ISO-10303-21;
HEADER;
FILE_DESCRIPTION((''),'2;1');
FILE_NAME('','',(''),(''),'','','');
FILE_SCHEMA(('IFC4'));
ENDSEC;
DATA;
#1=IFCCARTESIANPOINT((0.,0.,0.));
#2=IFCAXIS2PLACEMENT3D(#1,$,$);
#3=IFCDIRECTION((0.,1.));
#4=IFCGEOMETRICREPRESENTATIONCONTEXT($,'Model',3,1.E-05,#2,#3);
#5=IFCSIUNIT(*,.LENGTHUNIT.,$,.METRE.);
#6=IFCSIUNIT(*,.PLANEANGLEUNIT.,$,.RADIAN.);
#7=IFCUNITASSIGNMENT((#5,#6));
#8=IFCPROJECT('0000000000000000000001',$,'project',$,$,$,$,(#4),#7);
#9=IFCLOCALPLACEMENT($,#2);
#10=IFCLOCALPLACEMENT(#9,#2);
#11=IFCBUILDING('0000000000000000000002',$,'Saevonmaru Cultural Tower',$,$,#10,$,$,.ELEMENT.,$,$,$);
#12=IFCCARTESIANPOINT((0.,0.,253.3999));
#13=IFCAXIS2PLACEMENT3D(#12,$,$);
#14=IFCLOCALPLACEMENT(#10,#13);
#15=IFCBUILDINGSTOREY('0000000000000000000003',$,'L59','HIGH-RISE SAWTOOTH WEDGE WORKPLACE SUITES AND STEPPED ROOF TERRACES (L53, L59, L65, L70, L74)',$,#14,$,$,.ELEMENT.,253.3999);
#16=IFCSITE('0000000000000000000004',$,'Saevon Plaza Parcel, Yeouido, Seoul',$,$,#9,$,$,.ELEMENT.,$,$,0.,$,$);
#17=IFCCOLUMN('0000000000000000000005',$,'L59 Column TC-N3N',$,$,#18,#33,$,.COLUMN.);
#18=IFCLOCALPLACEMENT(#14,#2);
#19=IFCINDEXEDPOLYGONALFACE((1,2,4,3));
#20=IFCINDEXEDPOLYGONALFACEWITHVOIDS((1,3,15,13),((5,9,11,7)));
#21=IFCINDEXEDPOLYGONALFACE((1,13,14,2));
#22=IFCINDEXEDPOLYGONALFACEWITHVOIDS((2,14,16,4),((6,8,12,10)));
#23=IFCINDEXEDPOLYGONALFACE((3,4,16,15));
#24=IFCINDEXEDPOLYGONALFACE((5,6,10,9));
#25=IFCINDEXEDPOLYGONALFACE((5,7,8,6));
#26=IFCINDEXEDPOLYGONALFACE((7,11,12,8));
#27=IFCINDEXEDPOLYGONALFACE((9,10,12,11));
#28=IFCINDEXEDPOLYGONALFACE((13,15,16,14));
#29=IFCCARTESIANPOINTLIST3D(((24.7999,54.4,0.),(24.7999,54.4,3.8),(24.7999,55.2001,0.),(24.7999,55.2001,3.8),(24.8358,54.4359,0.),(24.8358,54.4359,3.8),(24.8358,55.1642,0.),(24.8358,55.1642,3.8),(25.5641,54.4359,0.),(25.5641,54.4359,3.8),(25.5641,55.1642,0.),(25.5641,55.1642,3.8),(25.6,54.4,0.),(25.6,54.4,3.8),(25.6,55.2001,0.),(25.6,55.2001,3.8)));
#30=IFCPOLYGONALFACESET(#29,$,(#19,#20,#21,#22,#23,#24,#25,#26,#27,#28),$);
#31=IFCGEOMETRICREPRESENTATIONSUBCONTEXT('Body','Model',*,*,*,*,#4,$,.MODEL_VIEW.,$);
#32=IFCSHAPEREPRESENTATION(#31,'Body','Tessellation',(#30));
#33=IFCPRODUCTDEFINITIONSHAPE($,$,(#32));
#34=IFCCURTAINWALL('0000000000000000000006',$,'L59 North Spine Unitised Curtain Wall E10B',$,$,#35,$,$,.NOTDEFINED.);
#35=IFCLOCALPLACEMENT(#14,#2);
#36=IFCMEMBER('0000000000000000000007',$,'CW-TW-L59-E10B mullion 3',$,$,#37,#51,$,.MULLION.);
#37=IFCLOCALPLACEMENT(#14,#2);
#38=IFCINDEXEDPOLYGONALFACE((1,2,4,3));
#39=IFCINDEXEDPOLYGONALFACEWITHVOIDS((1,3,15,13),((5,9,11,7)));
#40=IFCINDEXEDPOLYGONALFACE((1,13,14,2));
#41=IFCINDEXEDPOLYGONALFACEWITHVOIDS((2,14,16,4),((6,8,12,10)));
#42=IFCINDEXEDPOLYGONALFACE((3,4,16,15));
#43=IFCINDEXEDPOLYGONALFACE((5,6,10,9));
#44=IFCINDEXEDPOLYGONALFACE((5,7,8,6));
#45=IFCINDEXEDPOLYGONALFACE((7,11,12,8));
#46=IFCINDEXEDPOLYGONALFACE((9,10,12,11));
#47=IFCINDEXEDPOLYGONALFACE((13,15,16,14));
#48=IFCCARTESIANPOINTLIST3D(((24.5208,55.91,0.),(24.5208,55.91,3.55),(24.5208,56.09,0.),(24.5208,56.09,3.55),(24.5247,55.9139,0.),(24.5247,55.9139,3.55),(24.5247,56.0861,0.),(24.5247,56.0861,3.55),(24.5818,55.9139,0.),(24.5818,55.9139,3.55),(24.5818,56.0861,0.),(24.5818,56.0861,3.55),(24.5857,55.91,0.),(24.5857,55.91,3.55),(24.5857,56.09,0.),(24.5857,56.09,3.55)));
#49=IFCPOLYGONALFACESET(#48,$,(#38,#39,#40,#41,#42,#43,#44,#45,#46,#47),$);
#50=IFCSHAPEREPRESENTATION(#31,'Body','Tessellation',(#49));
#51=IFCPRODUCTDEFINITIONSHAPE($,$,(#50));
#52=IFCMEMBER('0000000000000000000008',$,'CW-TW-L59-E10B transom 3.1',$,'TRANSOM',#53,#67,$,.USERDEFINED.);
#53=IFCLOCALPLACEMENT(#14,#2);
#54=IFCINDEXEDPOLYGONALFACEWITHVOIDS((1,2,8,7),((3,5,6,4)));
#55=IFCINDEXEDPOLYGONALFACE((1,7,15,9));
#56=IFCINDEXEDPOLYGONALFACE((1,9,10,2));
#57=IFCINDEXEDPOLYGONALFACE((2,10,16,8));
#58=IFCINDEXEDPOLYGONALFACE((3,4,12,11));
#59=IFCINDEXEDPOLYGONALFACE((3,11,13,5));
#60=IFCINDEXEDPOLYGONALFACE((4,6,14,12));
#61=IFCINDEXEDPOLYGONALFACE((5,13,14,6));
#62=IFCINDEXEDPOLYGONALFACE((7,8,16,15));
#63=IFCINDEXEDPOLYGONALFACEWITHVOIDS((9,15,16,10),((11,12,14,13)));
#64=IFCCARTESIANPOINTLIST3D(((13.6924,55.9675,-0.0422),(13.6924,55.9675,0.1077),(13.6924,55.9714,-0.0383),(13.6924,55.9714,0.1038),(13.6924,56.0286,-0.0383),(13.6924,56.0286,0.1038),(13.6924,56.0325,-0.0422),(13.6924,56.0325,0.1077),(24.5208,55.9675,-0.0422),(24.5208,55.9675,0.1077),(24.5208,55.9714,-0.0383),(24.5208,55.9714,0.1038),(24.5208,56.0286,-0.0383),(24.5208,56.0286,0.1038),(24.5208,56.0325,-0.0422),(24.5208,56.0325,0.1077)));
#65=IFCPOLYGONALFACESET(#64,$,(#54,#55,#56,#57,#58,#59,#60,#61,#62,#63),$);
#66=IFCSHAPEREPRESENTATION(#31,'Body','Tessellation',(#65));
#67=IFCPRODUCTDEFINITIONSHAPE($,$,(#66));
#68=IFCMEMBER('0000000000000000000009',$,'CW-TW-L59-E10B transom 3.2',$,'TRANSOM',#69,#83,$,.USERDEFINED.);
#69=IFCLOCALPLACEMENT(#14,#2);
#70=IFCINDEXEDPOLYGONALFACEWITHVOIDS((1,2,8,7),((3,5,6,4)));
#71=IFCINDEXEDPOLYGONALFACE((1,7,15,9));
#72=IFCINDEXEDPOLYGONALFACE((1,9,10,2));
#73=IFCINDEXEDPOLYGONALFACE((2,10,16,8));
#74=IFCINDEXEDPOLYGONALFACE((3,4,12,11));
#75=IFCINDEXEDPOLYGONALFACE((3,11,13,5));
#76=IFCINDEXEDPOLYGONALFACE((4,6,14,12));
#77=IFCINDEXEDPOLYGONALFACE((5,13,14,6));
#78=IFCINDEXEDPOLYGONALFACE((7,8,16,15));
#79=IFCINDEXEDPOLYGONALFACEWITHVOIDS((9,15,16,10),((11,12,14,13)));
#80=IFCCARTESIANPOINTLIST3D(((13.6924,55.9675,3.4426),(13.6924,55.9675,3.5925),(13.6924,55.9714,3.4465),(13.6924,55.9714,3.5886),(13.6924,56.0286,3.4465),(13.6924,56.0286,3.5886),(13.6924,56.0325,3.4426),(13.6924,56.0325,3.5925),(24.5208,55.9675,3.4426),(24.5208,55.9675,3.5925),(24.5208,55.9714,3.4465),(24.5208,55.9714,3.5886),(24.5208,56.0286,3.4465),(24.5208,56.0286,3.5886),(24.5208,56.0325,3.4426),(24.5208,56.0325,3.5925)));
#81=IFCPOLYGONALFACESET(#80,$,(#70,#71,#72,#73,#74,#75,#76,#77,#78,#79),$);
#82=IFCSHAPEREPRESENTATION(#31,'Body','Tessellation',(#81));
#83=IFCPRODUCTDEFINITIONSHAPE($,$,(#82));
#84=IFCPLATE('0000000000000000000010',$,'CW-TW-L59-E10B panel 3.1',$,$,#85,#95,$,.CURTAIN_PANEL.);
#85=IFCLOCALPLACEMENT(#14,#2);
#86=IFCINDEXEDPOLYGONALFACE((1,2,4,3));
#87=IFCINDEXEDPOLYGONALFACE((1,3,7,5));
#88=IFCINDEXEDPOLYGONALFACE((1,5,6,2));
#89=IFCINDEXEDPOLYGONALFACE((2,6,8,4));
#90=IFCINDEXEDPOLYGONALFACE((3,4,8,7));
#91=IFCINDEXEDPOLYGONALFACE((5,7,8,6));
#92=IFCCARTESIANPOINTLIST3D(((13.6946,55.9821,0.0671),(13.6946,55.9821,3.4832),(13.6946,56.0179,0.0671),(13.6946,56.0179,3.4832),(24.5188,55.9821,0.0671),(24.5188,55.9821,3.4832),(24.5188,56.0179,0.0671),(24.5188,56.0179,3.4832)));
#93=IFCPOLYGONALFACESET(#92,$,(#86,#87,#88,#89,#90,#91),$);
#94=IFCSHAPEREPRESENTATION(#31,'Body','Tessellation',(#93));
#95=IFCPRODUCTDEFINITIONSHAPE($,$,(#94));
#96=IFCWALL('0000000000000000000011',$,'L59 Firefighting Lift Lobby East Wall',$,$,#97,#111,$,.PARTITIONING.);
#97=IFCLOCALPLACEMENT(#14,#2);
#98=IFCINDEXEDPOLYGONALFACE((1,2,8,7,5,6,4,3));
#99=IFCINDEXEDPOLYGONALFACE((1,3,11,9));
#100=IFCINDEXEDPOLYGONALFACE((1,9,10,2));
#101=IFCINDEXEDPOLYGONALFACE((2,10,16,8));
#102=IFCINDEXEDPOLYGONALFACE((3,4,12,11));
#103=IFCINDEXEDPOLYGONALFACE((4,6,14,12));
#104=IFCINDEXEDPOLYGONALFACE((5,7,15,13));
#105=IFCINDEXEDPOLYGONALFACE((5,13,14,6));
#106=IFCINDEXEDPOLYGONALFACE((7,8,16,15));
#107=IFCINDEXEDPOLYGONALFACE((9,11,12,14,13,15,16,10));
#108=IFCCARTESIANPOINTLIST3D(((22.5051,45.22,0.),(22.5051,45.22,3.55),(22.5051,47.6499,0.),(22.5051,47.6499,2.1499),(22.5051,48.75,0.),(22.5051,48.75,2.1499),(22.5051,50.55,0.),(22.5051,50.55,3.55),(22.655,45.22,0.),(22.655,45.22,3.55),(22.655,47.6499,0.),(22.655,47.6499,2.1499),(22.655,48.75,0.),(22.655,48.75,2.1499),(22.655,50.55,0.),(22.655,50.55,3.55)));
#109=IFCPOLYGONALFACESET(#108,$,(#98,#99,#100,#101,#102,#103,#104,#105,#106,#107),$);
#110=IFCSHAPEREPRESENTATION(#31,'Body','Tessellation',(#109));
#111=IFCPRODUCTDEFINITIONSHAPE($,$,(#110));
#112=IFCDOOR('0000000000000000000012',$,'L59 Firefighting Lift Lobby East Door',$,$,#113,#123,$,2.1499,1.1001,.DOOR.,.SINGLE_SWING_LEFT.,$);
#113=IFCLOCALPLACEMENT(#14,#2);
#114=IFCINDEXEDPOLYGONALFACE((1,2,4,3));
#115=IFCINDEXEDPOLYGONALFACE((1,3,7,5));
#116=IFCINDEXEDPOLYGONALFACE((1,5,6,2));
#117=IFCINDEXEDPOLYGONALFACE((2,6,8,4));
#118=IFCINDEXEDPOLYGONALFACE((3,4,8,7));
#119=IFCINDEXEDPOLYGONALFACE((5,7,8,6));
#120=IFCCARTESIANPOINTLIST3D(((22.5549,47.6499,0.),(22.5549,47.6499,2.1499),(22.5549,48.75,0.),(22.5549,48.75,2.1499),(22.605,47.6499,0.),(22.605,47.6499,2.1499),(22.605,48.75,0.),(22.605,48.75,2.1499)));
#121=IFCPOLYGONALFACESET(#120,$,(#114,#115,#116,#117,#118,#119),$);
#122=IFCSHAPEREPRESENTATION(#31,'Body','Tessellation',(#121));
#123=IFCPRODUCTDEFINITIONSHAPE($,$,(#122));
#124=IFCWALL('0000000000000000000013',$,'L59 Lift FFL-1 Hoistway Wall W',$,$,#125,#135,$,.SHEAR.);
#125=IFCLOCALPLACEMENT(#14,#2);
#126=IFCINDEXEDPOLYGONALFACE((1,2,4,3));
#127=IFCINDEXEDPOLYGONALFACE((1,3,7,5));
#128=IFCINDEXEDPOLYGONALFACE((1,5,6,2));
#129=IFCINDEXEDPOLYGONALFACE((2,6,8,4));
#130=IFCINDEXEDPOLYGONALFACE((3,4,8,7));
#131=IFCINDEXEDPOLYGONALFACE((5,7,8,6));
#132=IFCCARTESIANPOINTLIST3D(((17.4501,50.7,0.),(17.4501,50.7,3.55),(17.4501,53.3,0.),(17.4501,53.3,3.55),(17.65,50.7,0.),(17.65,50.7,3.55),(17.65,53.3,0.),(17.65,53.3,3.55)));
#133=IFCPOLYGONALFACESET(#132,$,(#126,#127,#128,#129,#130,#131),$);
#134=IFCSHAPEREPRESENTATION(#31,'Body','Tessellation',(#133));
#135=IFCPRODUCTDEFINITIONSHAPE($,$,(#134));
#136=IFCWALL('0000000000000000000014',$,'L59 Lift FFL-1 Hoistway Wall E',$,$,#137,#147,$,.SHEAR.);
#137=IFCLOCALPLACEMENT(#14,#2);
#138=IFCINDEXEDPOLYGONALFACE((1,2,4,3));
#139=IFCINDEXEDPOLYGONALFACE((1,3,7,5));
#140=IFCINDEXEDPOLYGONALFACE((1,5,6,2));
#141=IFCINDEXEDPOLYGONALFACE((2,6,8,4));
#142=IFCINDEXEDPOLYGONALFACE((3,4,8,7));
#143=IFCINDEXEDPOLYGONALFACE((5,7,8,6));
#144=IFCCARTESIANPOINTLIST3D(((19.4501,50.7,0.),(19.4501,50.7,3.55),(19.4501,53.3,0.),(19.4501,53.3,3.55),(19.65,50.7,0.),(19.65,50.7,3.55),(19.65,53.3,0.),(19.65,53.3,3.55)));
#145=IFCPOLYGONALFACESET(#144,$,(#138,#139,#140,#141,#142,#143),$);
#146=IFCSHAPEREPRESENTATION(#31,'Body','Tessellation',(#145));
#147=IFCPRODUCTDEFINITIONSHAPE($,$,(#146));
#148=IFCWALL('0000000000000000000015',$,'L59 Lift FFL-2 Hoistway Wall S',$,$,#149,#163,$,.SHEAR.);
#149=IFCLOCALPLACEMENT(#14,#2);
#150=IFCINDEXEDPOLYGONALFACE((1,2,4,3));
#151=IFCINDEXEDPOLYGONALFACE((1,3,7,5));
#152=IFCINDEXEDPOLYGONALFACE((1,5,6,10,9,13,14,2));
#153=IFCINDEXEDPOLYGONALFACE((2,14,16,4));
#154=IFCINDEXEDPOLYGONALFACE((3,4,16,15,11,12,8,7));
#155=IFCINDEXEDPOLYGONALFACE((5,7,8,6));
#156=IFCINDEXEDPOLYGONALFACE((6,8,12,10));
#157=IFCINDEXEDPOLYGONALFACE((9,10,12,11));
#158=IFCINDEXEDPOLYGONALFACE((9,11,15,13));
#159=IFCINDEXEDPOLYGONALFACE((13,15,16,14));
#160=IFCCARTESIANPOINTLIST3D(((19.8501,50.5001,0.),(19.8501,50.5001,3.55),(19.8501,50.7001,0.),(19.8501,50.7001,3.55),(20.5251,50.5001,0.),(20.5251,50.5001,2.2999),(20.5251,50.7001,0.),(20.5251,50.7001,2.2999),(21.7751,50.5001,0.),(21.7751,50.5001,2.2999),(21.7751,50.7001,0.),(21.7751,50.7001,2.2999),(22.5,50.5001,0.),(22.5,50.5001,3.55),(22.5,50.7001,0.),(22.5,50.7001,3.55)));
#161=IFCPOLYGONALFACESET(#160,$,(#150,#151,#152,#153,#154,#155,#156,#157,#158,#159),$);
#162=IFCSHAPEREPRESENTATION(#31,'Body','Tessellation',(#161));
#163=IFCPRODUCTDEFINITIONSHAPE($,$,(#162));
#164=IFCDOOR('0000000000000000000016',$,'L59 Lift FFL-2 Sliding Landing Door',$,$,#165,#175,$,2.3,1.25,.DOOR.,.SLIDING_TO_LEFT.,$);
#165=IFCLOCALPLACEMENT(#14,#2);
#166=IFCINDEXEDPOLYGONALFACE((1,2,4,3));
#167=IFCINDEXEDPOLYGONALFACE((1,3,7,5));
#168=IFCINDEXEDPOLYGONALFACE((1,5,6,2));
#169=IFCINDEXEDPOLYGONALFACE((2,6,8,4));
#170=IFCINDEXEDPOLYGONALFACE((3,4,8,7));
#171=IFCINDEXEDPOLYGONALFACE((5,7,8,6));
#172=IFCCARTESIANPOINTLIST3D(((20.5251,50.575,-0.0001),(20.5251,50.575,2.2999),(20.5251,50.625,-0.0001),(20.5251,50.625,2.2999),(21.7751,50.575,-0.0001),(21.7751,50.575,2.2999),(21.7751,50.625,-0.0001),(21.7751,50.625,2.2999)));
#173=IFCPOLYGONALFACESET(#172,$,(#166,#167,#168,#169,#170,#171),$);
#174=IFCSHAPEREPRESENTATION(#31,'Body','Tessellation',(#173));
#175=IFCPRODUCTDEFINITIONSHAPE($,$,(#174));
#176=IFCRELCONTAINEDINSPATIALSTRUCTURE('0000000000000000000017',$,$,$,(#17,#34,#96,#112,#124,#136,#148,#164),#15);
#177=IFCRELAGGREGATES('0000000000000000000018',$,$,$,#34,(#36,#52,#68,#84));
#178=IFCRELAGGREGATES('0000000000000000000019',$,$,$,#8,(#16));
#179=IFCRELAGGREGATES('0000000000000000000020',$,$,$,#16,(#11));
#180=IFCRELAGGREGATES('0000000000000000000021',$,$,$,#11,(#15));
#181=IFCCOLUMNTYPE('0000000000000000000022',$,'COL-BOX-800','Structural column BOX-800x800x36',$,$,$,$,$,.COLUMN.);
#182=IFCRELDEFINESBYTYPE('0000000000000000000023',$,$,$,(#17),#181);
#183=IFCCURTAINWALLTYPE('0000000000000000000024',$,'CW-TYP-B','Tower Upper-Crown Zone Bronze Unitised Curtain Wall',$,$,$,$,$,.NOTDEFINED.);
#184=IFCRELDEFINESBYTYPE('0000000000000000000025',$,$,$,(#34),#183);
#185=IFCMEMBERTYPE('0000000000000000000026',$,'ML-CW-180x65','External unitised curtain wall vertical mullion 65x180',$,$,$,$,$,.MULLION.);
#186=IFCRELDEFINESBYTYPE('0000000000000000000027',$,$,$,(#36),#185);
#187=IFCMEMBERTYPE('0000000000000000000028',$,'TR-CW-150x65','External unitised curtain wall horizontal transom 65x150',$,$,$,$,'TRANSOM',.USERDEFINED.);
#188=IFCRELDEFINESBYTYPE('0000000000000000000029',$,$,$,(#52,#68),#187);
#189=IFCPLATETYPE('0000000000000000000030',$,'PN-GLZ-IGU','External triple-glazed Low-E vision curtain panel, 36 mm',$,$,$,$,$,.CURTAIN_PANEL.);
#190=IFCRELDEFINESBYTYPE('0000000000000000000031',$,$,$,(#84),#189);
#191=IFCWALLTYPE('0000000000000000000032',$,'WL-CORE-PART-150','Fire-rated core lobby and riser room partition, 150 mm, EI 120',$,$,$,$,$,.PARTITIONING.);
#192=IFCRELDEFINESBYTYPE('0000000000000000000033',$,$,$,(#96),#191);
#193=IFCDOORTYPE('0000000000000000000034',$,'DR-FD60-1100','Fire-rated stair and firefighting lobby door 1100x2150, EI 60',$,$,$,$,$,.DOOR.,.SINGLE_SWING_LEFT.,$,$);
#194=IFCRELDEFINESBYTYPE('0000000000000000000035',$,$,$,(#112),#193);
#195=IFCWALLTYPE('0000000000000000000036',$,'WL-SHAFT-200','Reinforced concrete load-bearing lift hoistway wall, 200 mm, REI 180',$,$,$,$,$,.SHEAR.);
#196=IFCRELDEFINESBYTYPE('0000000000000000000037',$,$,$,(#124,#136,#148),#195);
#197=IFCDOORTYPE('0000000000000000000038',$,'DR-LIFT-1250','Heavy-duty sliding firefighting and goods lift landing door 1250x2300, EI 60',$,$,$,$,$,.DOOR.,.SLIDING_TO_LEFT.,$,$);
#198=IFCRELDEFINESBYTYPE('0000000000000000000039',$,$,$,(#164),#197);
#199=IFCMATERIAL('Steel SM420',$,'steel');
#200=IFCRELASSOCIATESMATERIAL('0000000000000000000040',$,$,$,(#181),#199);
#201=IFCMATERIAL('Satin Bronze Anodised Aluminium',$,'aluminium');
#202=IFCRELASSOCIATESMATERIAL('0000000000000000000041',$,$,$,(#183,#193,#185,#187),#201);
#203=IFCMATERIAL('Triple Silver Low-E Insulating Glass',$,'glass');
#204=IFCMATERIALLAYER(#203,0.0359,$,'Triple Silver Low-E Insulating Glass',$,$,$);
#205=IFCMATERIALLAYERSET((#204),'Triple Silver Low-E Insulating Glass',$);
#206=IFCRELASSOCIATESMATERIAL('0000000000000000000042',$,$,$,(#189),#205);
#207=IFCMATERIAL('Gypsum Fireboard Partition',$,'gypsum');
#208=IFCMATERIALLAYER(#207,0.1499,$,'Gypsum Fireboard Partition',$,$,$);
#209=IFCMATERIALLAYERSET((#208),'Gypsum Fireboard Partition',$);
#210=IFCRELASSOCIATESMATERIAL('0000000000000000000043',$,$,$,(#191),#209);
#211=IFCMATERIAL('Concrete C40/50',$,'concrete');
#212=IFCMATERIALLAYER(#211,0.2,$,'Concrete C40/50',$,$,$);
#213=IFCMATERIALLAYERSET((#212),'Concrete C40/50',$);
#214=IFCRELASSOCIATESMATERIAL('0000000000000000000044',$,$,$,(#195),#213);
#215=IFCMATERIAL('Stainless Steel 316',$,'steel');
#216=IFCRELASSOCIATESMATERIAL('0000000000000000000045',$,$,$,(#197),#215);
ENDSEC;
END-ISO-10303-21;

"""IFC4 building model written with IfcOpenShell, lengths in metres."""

from ifc_helpers import new_model, si_unit, direction, frame, frame_2d, origin, origin_2d, place, context, subcontext, project, spatial, rectangle, hollow_rectangle, extrude, material, layer, layer_set, material_profile, profile_set, type_object, element, fill, aggregate, save


model = new_model("IFC4")

# Units and contexts
model_context = context("Model", 3, precision=1e-05, world=origin(), true_north=direction((0.0, 1.0)))
body_context = subcontext(model_context, "Body", "Model", "MODEL_VIEW")
ifc_project = project(units=[si_unit("LENGTHUNIT", "METRE"), si_unit("PLANEANGLEUNIT", "RADIAN")], contexts=[model_context])

# Site, building, storey
site_placement = place(None, origin())
site = spatial("IfcSite", under=ifc_project, at=site_placement, Name="Saevon Plaza Parcel, Yeouido, Seoul", CompositionType="ELEMENT", RefElevation=0.0)
building_placement = place(site_placement, origin())
building = spatial("IfcBuilding", under=site, at=building_placement, Name="Saevonmaru Cultural Tower", CompositionType="ELEMENT")
storey_placement = place(building_placement, frame((0.0, 0.0, 253.3999)))
storey = spatial("IfcBuildingStorey", under=building, at=storey_placement, Name="L59", Description="HIGH-RISE SAWTOOTH WEDGE WORKPLACE SUITES AND STEPPED ROOF TERRACES (L53, L59, L65, L70, L74)", CompositionType="ELEMENT", Elevation=253.3999)

# Column
ifc_material_1 = material(Name="Steel SM420", Category="steel")
ifc_material_profile_1 = material_profile(ifc_material_1, hollow_rectangle(XDim=0.8, YDim=0.8, WallThickness=0.0359, at=origin_2d()), Name="BOX-800x800x36")
ifc_profile_set_1 = profile_set([ifc_material_profile_1], Name="Steel SM420")
column_type = type_object("IfcColumnType", Name="COL-BOX-800", Description="Structural column BOX-800x800x36", PredefinedType="COLUMN", material=ifc_profile_set_1)
column_placement = place(storey_placement, frame((25.2, 54.8, 0.0), z_axis=(0.0, 0.0, 1.0), x_axis=(1.0, 0.0, 0.0)))
element("IfcColumn", 1, at=column_placement, inside=storey, type_object=column_type, Name="L59 Column TC-N3N", PredefinedType="COLUMN", context=body_context, shape_type="SweptSolid", body=[
    extrude(hollow_rectangle(XDim=0.8, YDim=0.8, WallThickness=0.0359, at=origin_2d()), origin(), (0.0, 0.0, 1.0), 3.8),
])

# Curtain wall, members, plate
ifc_material_2 = material(Name="Satin Bronze Anodised Aluminium", Category="aluminium")
curtain_wall_type = type_object("IfcCurtainWallType", Name="CW-TYP-B", Description="Tower Upper-Crown Zone Bronze Unitised Curtain Wall", PredefinedType="NOTDEFINED", material=ifc_material_2)
curtain_wall_placement = place(storey_placement, origin())
curtain_wall = element("IfcCurtainWall", 2, at=curtain_wall_placement, inside=storey, type_object=curtain_wall_type, Name="L59 North Spine Unitised Curtain Wall E10B", PredefinedType="NOTDEFINED")
ifc_material_profile_2 = material_profile(ifc_material_2, hollow_rectangle(XDim=0.0649, YDim=0.1799, WallThickness=0.0039, at=origin_2d()), Name="ALU-MULL-180x65x4")
ifc_profile_set_2 = profile_set([ifc_material_profile_2], Name="Satin Bronze Anodised Aluminium")
member_type_1 = type_object("IfcMemberType", Name="ML-CW-180x65", Description="External unitised curtain wall vertical mullion 65x180", PredefinedType="MULLION", material=ifc_profile_set_2)
member_1_placement = place(storey_placement, frame((24.5532, 56.0, 0.0), z_axis=(0.0, 0.0, 1.0), x_axis=(-1.0, 0.0, 0.0)))
member_1 = element("IfcMember", 3, at=member_1_placement, type_object=member_type_1, Name="CW-TW-L59-E10B mullion 3", PredefinedType="MULLION", context=body_context, shape_type="SweptSolid", body=[
    extrude(hollow_rectangle(XDim=0.0649, YDim=0.1799, WallThickness=0.0039, at=origin_2d()), origin(), (0.0, 0.0, 1.0), 3.55),
])
ifc_material_profile_3 = material_profile(ifc_material_2, hollow_rectangle(XDim=0.0649, YDim=0.1499, WallThickness=0.0039, at=origin_2d()), Name="ALU-TRAN-150x65x4")
ifc_profile_set_3 = profile_set([ifc_material_profile_3], Name="Satin Bronze Anodised Aluminium")
member_type_2 = type_object("IfcMemberType", Name="TR-CW-150x65", Description="External unitised curtain wall horizontal transom 65x150", ElementType="TRANSOM", PredefinedType="USERDEFINED", material=ifc_profile_set_3)
member_2_placement = place(storey_placement, frame((24.5208, 56.0, 0.0327), z_axis=(-1.0, 0.0, 0.0), x_axis=(0.0, -1.0, 0.0)))
member_2 = element("IfcMember", 4, at=member_2_placement, type_object=member_type_2, Name="CW-TW-L59-E10B transom 3.1", ObjectType="TRANSOM", PredefinedType="USERDEFINED", context=body_context, shape_type="SweptSolid", body=[
    extrude(hollow_rectangle(XDim=0.0649, YDim=0.1499, WallThickness=0.0039, at=origin_2d()), origin(), (0.0, 0.0, 1.0), 10.8284),
])
member_3_placement = place(storey_placement, frame((24.5208, 56.0, 3.5176), z_axis=(-1.0, 0.0, 0.0), x_axis=(0.0, -1.0, 0.0)))
member_3 = element("IfcMember", 5, at=member_3_placement, type_object=member_type_2, Name="CW-TW-L59-E10B transom 3.2", ObjectType="TRANSOM", PredefinedType="USERDEFINED", context=body_context, shape_type="SweptSolid", body=[
    extrude(hollow_rectangle(XDim=0.0649, YDim=0.1499, WallThickness=0.0039, at=origin_2d()), origin(), (0.0, 0.0, 1.0), 10.8284),
])
ifc_material_3 = material(Name="Triple Silver Low-E Insulating Glass", Category="glass")
ifc_layer_1 = layer(ifc_material_3, 0.0359, Name="Triple Silver Low-E Insulating Glass")
ifc_layer_set_1 = layer_set([ifc_layer_1], Name="Triple Silver Low-E Insulating Glass")
plate_type = type_object("IfcPlateType", Name="PN-GLZ-IGU", Description="External triple-glazed Low-E vision curtain panel, 36 mm", PredefinedType="CURTAIN_PANEL", material=ifc_layer_set_1)
plate_placement = place(storey_placement, frame((19.1067, 56.0, 0.0671), z_axis=(0.0, 0.0, 1.0), x_axis=(-1.0, 0.0, 0.0)))
plate = element("IfcPlate", 6, at=plate_placement, type_object=plate_type, Name="CW-TW-L59-E10B panel 3.1", PredefinedType="CURTAIN_PANEL", context=body_context, shape_type="SweptSolid", body=[
    extrude(rectangle(XDim=10.8242, YDim=0.0359, at=origin_2d()), origin(), (0.0, 0.0, 1.0), 3.416),
])
aggregate(curtain_wall, [member_1, member_2, member_3, plate])

# Wall, opening, door
ifc_material_4 = material(Name="Gypsum Fireboard Partition", Category="gypsum")
ifc_layer_2 = layer(ifc_material_4, 0.1499, Name="Gypsum Fireboard Partition")
ifc_layer_set_2 = layer_set([ifc_layer_2], Name="Gypsum Fireboard Partition")
wall_type_1 = type_object("IfcWallType", Name="WL-CORE-PART-150", Description="Fire-rated core lobby and riser room partition, 150 mm, EI 120", PredefinedType="PARTITIONING", material=ifc_layer_set_2)
wall_1_placement = place(storey_placement, frame((22.5801, 50.55, 0.0), z_axis=(0.0, 0.0, 1.0), x_axis=(0.0, -1.0, 0.0)))
wall_1 = element("IfcWall", 7, at=wall_1_placement, inside=storey, type_object=wall_type_1, Name="L59 Firefighting Lift Lobby East Wall", PredefinedType="PARTITIONING", context=body_context, shape_type="SweptSolid", body=[
    extrude(rectangle(XDim=5.3301, YDim=0.1499, at=frame_2d((2.665, 0.0))), origin(), (0.0, 0.0, 1.0), 3.55),
])
opening_1_placement = place(wall_1_placement, frame((1.8, 0.0, 0.0)))
opening_1 = element("IfcOpeningElement", 8, at=opening_1_placement, cuts=wall_1, PredefinedType="OPENING", context=body_context, shape_type="SweptSolid", body=[
    extrude(rectangle(XDim=1.1001, YDim=2.1499, at=frame_2d((0.55, 1.075))), frame((0.0, 0.085, 0.0), z_axis=(0.0, -1.0, 0.0), x_axis=(1.0, 0.0, 0.0)), (0.0, 0.0, 1.0), 0.1699),
])
door_type_1 = type_object("IfcDoorType", Name="DR-FD60-1100", Description="Fire-rated stair and firefighting lobby door 1100x2150, EI 60", OperationType="SINGLE_SWING_LEFT", PredefinedType="DOOR", material=ifc_material_2)
door_1_placement = place(opening_1_placement, origin())
door_1 = element("IfcDoor", 9, at=door_1_placement, inside=storey, type_object=door_type_1, Name="L59 Firefighting Lift Lobby East Door", OperationType="SINGLE_SWING_LEFT", OverallHeight=2.1499, OverallWidth=1.1001, PredefinedType="DOOR", context=body_context, shape_type="SweptSolid", body=[
    extrude(rectangle(XDim=1.1001, YDim=2.1499, at=frame_2d((0.55, 1.075))), frame((0.0, 0.0249, 0.0), z_axis=(0.0, -1.0, 0.0), x_axis=(1.0, 0.0, 0.0)), (0.0, 0.0, 1.0), 0.05),
])
fill(opening_1, door_1)

# Walls
ifc_material_5 = material(Name="Concrete C40/50", Category="concrete")
ifc_layer_3 = layer(ifc_material_5, 0.2, Name="Concrete C40/50")
ifc_layer_set_3 = layer_set([ifc_layer_3], Name="Concrete C40/50")
wall_type_2 = type_object("IfcWallType", Name="WL-SHAFT-200", Description="Reinforced concrete load-bearing lift hoistway wall, 200 mm, REI 180", PredefinedType="SHEAR", material=ifc_layer_set_3)
for number, where, z_axis, x_axis, name in (
    (10, (17.55, 50.7, 0.0), (0.0, 0.0, 1.0), (0.0, 1.0, 0.0), "L59 Lift FFL-1 Hoistway Wall W"),
    (11, (19.55, 50.7, 0.0), (0.0, 0.0, 1.0), (0.0, 1.0, 0.0), "L59 Lift FFL-1 Hoistway Wall E"),
):
    element("IfcWall", number, at=place(storey_placement, frame(where, z_axis=z_axis, x_axis=x_axis)), inside=storey, type_object=wall_type_2, Name=name, PredefinedType="SHEAR", context=body_context, shape_type="SweptSolid", body=[
        extrude(rectangle(XDim=2.6001, YDim=0.2, at=frame_2d((1.3, 0.0))), origin(), (0.0, 0.0, 1.0), 3.55),
    ])

# Wall, opening, door
wall_2_placement = place(storey_placement, frame((19.8501, 50.6001, 0.0), z_axis=(0.0, 0.0, 1.0), x_axis=(1.0, 0.0, 0.0)))
wall_2 = element("IfcWall", 12, at=wall_2_placement, inside=storey, type_object=wall_type_2, Name="L59 Lift FFL-2 Hoistway Wall S", PredefinedType="SHEAR", context=body_context, shape_type="SweptSolid", body=[
    extrude(rectangle(XDim=2.6499, YDim=0.2, at=frame_2d((1.325, 0.0))), origin(), (0.0, 0.0, 1.0), 3.55),
])
opening_2_placement = place(wall_2_placement, frame((0.675, 0.0, 0.0)))
opening_2 = element("IfcOpeningElement", 13, at=opening_2_placement, cuts=wall_2, PredefinedType="OPENING", context=body_context, shape_type="SweptSolid", body=[
    extrude(rectangle(XDim=1.25, YDim=2.3, at=frame_2d((0.625, 1.1499))), frame((0.0, 0.1099, 0.0), z_axis=(0.0, -1.0, 0.0), x_axis=(1.0, 0.0, 0.0)), (0.0, 0.0, 1.0), 0.22),
])
ifc_material_6 = material(Name="Stainless Steel 316", Category="steel")
door_type_2 = type_object("IfcDoorType", Name="DR-LIFT-1250", Description="Heavy-duty sliding firefighting and goods lift landing door 1250x2300, EI 60", OperationType="SLIDING_TO_LEFT", PredefinedType="DOOR", material=ifc_material_6)
door_2_placement = place(opening_2_placement, origin())
door_2 = element("IfcDoor", 14, at=door_2_placement, inside=storey, type_object=door_type_2, Name="L59 Lift FFL-2 Sliding Landing Door", OperationType="SLIDING_TO_LEFT", OverallHeight=2.3, OverallWidth=1.25, PredefinedType="DOOR", context=body_context, shape_type="SweptSolid", body=[
    extrude(rectangle(XDim=1.25, YDim=2.3, at=frame_2d((0.625, 1.1499))), frame((0.0, 0.0249, 0.0), z_axis=(0.0, -1.0, 0.0), x_axis=(1.0, 0.0, 0.0)), (0.0, 0.0, 1.0), 0.05),
])
fill(opening_2, door_2)

save(model, "model.ifc")
